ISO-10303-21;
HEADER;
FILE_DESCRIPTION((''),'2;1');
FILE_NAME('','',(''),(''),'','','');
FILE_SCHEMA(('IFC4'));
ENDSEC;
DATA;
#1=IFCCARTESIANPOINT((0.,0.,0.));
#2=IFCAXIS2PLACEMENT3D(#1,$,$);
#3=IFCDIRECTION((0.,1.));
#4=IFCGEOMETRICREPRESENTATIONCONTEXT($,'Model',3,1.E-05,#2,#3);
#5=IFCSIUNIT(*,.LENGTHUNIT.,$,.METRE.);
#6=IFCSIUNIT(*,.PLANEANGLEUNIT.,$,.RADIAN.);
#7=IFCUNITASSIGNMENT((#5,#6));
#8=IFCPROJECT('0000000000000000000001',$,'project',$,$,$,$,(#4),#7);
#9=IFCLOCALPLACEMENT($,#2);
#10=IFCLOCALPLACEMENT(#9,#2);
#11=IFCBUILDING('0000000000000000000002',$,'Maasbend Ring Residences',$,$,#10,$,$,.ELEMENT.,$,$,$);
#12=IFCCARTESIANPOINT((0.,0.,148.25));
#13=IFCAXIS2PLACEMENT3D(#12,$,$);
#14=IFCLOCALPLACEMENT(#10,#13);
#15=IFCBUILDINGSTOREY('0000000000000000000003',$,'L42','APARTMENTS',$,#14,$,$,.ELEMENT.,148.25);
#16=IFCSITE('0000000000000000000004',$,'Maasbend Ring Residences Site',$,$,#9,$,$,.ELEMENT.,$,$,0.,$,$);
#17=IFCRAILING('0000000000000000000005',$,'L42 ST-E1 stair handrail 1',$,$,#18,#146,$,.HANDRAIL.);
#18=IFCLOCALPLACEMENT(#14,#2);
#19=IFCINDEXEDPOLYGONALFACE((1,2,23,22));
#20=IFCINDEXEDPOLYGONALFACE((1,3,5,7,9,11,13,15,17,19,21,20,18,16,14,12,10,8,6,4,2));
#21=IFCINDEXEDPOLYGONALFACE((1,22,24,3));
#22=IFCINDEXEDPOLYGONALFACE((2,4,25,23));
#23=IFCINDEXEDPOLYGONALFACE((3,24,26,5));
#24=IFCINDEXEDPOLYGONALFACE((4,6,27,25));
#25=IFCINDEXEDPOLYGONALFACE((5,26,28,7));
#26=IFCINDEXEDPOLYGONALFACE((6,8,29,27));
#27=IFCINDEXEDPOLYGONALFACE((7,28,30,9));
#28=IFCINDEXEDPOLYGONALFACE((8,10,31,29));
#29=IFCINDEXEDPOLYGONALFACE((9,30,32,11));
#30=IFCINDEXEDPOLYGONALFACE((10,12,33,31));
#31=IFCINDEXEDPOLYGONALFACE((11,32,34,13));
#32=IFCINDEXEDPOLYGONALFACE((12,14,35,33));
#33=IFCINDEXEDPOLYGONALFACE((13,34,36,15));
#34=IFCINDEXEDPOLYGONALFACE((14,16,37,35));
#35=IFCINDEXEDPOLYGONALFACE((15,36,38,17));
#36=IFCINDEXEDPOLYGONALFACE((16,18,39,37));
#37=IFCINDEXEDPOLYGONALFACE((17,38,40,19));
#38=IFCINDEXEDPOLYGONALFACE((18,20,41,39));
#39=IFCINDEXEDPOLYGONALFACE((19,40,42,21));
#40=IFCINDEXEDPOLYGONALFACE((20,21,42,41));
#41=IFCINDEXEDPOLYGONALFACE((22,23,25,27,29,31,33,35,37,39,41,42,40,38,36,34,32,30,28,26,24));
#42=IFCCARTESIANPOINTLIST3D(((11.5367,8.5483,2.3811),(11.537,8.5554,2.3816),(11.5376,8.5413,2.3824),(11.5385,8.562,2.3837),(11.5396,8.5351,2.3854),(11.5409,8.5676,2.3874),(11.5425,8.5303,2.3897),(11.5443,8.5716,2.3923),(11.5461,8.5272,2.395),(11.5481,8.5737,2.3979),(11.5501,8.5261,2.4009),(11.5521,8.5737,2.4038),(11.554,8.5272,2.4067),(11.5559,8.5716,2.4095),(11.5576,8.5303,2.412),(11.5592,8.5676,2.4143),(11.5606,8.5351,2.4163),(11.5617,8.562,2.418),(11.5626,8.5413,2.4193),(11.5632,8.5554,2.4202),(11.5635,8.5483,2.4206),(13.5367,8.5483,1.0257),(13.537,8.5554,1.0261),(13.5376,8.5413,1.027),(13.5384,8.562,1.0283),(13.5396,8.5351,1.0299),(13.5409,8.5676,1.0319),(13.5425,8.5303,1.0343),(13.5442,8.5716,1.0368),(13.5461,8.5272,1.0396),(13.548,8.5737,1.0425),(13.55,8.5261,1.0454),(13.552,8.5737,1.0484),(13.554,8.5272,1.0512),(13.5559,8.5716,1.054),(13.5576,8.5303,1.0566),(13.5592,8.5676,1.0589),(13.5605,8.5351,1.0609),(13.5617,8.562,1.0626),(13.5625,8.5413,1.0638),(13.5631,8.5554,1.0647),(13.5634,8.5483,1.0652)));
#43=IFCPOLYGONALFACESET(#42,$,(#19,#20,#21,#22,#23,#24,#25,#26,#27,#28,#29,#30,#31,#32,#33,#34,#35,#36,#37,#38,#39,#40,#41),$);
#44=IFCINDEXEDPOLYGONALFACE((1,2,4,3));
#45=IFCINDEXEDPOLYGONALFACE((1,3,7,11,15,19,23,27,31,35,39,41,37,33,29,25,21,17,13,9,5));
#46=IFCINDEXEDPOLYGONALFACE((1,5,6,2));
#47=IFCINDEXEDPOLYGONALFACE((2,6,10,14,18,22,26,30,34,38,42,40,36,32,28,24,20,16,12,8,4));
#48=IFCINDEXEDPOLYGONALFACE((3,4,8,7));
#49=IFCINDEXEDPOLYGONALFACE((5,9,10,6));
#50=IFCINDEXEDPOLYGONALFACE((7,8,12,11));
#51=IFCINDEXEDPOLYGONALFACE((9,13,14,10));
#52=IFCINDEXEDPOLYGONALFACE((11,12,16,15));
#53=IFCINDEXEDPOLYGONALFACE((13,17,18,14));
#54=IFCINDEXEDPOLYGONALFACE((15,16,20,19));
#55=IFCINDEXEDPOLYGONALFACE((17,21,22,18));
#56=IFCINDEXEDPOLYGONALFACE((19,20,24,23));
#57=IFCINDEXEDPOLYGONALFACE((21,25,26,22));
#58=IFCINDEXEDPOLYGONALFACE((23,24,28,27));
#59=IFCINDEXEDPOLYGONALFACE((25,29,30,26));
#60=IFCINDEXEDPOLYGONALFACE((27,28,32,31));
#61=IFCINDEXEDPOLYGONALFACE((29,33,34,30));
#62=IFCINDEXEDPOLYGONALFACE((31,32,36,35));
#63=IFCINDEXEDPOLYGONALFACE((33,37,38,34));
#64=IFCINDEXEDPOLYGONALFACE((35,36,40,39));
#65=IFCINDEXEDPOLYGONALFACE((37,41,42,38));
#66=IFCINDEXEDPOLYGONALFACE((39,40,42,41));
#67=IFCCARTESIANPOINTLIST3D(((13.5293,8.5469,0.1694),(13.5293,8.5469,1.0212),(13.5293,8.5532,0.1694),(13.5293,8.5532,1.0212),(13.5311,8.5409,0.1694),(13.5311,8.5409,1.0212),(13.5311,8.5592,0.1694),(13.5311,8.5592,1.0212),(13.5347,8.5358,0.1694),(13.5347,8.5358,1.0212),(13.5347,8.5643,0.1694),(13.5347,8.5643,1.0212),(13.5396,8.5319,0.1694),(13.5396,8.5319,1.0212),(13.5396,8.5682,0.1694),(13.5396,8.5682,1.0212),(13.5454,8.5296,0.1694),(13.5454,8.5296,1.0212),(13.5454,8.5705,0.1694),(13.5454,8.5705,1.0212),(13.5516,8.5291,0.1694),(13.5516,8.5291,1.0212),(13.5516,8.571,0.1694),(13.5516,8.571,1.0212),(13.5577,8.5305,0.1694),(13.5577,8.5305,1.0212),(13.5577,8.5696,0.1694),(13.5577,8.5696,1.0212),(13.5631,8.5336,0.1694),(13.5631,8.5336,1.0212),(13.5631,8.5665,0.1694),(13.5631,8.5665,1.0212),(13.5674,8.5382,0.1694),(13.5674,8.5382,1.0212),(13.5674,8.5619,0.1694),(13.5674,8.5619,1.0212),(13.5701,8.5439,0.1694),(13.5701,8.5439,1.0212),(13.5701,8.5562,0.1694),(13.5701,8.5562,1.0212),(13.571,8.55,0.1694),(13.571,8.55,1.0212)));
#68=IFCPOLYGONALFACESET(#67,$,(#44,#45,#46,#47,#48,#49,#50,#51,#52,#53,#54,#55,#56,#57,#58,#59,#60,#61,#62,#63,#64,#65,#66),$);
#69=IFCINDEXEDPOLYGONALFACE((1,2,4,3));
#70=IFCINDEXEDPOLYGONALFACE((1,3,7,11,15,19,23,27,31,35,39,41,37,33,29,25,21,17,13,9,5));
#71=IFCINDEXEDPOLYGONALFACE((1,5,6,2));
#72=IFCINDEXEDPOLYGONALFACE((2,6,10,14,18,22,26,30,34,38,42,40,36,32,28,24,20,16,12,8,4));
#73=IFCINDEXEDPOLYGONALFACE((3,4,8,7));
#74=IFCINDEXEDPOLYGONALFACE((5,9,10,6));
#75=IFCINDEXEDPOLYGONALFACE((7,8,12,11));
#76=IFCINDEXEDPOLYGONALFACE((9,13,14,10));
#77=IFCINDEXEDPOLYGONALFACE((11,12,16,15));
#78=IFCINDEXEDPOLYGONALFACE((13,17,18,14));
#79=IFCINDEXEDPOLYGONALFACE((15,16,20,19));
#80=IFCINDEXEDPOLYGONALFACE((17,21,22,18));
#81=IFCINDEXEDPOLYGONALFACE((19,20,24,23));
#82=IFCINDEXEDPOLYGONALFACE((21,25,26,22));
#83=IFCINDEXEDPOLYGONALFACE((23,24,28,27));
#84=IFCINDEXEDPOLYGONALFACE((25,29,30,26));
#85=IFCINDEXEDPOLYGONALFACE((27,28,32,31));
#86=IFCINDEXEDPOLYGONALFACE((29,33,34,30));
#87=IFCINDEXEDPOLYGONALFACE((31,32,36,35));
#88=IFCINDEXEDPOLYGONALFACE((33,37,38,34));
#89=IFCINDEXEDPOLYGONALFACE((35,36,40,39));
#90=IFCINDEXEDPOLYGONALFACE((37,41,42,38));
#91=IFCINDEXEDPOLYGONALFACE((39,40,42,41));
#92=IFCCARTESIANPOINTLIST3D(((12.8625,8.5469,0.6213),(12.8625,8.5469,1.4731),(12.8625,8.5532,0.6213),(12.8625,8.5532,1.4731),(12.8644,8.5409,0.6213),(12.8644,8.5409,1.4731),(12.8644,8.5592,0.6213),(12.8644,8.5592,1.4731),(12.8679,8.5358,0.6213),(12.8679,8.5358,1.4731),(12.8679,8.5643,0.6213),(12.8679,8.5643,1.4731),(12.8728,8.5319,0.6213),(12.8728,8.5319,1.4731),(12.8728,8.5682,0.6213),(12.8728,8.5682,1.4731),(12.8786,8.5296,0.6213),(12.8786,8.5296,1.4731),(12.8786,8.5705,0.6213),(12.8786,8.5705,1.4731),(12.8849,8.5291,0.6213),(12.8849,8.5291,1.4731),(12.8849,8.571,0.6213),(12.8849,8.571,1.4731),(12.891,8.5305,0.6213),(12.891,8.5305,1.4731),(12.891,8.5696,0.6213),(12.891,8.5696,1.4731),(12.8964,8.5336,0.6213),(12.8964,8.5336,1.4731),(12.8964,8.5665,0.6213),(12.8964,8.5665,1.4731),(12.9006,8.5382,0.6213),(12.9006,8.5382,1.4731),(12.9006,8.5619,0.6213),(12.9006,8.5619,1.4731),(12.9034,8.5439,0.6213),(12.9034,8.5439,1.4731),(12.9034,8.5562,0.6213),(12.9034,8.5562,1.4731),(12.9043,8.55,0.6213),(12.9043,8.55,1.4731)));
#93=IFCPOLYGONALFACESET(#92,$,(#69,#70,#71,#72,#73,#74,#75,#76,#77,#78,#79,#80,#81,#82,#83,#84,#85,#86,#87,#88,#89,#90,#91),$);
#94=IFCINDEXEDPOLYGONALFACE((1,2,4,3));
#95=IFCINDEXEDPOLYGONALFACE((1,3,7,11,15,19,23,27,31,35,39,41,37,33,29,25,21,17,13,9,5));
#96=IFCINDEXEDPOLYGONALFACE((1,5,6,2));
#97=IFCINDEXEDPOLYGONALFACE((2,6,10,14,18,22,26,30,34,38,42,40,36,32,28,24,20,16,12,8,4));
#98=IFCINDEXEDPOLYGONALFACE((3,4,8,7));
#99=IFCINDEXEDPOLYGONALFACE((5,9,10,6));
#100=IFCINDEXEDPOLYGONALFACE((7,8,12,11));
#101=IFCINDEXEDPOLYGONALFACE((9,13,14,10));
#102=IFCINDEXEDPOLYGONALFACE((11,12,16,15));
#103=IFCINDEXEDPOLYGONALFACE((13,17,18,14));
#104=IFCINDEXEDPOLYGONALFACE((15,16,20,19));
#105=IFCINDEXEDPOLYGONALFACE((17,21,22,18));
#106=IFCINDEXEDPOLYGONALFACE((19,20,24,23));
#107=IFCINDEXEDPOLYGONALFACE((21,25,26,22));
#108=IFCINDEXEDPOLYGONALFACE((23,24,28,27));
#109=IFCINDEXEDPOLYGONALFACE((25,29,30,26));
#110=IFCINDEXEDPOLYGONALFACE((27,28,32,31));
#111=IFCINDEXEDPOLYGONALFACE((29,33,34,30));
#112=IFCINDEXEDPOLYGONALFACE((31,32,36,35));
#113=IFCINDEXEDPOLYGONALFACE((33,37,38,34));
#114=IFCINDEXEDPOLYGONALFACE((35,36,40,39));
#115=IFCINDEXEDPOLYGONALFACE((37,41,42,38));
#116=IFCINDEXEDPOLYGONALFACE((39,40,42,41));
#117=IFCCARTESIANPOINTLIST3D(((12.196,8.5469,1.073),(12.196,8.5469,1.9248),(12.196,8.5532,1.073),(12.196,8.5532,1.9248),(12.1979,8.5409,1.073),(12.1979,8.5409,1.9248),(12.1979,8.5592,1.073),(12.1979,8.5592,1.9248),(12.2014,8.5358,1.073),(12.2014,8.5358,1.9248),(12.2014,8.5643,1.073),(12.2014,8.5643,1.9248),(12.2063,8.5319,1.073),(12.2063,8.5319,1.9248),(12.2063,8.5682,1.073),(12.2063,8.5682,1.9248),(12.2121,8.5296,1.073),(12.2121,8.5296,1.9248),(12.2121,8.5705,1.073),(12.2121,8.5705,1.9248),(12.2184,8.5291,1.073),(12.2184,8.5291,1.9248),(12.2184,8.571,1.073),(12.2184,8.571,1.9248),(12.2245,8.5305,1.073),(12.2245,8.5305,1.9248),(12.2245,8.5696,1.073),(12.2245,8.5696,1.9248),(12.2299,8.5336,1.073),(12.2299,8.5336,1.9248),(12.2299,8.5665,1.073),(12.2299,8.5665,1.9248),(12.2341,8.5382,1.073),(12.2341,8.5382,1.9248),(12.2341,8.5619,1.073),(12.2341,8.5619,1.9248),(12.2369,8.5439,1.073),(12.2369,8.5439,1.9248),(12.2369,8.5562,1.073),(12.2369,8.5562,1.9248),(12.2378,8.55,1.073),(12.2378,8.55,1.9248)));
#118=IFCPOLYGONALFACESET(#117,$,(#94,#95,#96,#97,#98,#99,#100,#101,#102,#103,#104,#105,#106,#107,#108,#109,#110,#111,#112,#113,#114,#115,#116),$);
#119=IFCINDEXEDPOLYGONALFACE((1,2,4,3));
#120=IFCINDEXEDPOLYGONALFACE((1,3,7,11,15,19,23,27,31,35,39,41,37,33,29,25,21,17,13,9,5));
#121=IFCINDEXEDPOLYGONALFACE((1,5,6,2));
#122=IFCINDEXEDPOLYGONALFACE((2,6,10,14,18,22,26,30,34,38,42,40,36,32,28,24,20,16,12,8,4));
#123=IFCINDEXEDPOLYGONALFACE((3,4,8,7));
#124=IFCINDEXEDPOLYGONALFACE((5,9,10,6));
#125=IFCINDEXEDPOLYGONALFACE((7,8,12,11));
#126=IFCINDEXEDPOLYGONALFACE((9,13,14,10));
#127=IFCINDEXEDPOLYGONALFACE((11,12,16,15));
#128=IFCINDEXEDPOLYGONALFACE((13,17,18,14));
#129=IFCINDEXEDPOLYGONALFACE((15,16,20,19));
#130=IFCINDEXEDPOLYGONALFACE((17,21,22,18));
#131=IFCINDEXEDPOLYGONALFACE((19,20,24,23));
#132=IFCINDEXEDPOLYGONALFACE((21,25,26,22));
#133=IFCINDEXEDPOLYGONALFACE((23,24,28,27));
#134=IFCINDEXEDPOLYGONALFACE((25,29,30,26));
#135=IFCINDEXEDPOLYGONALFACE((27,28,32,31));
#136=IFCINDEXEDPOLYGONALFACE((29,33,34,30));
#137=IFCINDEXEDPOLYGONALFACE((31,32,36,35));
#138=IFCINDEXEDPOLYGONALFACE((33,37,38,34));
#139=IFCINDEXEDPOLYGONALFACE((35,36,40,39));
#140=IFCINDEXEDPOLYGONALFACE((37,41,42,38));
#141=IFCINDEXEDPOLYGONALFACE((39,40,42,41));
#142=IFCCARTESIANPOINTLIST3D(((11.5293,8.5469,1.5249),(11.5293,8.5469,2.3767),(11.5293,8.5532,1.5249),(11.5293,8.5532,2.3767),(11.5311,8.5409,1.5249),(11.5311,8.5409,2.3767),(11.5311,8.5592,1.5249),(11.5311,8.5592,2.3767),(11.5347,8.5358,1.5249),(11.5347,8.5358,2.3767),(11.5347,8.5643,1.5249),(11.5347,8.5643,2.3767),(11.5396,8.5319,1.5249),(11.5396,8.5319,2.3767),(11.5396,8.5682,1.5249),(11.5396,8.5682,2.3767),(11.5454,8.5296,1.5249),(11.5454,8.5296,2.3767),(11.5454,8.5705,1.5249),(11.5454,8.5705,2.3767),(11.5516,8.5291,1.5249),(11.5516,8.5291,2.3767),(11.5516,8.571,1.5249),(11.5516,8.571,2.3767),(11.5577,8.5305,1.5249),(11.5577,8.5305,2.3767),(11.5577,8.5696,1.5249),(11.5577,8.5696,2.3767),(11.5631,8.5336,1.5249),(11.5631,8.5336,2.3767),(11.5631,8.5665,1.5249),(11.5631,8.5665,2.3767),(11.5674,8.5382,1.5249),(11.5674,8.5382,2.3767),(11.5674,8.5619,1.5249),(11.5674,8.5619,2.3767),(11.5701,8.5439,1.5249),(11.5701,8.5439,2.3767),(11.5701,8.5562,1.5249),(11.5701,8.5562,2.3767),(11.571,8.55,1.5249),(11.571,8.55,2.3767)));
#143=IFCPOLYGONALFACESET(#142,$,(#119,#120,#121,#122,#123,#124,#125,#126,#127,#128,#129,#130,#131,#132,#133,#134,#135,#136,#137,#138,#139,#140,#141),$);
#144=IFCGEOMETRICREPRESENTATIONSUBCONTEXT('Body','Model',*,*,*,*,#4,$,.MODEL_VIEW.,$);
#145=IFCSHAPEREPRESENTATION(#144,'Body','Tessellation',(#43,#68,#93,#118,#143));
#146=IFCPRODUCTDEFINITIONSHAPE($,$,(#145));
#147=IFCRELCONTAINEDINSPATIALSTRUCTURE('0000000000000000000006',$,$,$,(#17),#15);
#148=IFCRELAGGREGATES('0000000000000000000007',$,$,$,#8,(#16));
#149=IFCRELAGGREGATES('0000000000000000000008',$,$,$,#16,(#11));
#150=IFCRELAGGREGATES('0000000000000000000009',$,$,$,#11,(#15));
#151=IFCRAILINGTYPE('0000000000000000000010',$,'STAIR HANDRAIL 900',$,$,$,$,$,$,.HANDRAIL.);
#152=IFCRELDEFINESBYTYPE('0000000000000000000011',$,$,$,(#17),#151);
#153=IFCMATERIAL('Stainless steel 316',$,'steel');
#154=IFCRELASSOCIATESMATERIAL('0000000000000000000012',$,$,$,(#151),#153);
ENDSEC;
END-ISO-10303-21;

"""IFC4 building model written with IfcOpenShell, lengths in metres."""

from ifc_helpers import new_model, si_unit, direction, frame, origin, origin_2d, place, context, subcontext, project, spatial, circle, extrude, material, type_object, element, save


model = new_model("IFC4")

# Units and contexts
model_context = context("Model", 3, precision=1e-05, world=origin(), true_north=direction((0.0, 1.0)))
body_context = subcontext(model_context, "Body", "Model", "MODEL_VIEW")
ifc_project = project(units=[si_unit("LENGTHUNIT", "METRE"), si_unit("PLANEANGLEUNIT", "RADIAN")], contexts=[model_context])

# Site, building, storey
site_placement = place(None, origin())
site = spatial("IfcSite", under=ifc_project, at=site_placement, Name="Maasbend Ring Residences Site", CompositionType="ELEMENT", RefElevation=0.0)
building_placement = place(site_placement, origin())
building = spatial("IfcBuilding", under=site, at=building_placement, Name="Maasbend Ring Residences", CompositionType="ELEMENT")
storey_placement = place(building_placement, frame((0.0, 0.0, 148.25)))
storey = spatial("IfcBuildingStorey", under=building, at=storey_placement, Name="L42", Description="APARTMENTS", CompositionType="ELEMENT", Elevation=148.25)

# Railing
ifc_material_1 = material(Name="Stainless steel 316", Category="steel")
railing_type_1 = type_object("IfcRailingType", Name="STAIR HANDRAIL 900", PredefinedType="HANDRAIL", material=ifc_material_1)
railing_1_placement = place(storey_placement, frame((13.55, 8.55, 0.1694)))
element("IfcRailing", 1, at=railing_1_placement, inside=storey, type_object=railing_type_1, Name="L42 ST-E1 stair handrail 1", PredefinedType="HANDRAIL", context=body_context, shape_type="SweptSolid", body=[
    extrude(circle(Radius=0.0239, at=origin_2d()), frame((0.0, 0.0, 0.876), z_axis=(-0.827798, 0.0, 0.561027), x_axis=(0.0, -1.0, 0.0)), (0.0, 0.0, 1.0), 2.416),
    extrude(circle(Radius=0.021, at=origin_2d()), origin(), (0.0, 0.0, 1.0), 0.8518),
    extrude(circle(Radius=0.021, at=origin_2d()), frame((-0.6667, 0.0, 0.4519)), (0.0, 0.0, 1.0), 0.8518),
    extrude(circle(Radius=0.021, at=origin_2d()), frame((-1.3333, 0.0, 0.9036)), (0.0, 0.0, 1.0), 0.8518),
    extrude(circle(Radius=0.021, at=origin_2d()), frame((-2.0, 0.0, 1.3555)), (0.0, 0.0, 1.0), 0.8518),
])

save(model, "model.ifc")
